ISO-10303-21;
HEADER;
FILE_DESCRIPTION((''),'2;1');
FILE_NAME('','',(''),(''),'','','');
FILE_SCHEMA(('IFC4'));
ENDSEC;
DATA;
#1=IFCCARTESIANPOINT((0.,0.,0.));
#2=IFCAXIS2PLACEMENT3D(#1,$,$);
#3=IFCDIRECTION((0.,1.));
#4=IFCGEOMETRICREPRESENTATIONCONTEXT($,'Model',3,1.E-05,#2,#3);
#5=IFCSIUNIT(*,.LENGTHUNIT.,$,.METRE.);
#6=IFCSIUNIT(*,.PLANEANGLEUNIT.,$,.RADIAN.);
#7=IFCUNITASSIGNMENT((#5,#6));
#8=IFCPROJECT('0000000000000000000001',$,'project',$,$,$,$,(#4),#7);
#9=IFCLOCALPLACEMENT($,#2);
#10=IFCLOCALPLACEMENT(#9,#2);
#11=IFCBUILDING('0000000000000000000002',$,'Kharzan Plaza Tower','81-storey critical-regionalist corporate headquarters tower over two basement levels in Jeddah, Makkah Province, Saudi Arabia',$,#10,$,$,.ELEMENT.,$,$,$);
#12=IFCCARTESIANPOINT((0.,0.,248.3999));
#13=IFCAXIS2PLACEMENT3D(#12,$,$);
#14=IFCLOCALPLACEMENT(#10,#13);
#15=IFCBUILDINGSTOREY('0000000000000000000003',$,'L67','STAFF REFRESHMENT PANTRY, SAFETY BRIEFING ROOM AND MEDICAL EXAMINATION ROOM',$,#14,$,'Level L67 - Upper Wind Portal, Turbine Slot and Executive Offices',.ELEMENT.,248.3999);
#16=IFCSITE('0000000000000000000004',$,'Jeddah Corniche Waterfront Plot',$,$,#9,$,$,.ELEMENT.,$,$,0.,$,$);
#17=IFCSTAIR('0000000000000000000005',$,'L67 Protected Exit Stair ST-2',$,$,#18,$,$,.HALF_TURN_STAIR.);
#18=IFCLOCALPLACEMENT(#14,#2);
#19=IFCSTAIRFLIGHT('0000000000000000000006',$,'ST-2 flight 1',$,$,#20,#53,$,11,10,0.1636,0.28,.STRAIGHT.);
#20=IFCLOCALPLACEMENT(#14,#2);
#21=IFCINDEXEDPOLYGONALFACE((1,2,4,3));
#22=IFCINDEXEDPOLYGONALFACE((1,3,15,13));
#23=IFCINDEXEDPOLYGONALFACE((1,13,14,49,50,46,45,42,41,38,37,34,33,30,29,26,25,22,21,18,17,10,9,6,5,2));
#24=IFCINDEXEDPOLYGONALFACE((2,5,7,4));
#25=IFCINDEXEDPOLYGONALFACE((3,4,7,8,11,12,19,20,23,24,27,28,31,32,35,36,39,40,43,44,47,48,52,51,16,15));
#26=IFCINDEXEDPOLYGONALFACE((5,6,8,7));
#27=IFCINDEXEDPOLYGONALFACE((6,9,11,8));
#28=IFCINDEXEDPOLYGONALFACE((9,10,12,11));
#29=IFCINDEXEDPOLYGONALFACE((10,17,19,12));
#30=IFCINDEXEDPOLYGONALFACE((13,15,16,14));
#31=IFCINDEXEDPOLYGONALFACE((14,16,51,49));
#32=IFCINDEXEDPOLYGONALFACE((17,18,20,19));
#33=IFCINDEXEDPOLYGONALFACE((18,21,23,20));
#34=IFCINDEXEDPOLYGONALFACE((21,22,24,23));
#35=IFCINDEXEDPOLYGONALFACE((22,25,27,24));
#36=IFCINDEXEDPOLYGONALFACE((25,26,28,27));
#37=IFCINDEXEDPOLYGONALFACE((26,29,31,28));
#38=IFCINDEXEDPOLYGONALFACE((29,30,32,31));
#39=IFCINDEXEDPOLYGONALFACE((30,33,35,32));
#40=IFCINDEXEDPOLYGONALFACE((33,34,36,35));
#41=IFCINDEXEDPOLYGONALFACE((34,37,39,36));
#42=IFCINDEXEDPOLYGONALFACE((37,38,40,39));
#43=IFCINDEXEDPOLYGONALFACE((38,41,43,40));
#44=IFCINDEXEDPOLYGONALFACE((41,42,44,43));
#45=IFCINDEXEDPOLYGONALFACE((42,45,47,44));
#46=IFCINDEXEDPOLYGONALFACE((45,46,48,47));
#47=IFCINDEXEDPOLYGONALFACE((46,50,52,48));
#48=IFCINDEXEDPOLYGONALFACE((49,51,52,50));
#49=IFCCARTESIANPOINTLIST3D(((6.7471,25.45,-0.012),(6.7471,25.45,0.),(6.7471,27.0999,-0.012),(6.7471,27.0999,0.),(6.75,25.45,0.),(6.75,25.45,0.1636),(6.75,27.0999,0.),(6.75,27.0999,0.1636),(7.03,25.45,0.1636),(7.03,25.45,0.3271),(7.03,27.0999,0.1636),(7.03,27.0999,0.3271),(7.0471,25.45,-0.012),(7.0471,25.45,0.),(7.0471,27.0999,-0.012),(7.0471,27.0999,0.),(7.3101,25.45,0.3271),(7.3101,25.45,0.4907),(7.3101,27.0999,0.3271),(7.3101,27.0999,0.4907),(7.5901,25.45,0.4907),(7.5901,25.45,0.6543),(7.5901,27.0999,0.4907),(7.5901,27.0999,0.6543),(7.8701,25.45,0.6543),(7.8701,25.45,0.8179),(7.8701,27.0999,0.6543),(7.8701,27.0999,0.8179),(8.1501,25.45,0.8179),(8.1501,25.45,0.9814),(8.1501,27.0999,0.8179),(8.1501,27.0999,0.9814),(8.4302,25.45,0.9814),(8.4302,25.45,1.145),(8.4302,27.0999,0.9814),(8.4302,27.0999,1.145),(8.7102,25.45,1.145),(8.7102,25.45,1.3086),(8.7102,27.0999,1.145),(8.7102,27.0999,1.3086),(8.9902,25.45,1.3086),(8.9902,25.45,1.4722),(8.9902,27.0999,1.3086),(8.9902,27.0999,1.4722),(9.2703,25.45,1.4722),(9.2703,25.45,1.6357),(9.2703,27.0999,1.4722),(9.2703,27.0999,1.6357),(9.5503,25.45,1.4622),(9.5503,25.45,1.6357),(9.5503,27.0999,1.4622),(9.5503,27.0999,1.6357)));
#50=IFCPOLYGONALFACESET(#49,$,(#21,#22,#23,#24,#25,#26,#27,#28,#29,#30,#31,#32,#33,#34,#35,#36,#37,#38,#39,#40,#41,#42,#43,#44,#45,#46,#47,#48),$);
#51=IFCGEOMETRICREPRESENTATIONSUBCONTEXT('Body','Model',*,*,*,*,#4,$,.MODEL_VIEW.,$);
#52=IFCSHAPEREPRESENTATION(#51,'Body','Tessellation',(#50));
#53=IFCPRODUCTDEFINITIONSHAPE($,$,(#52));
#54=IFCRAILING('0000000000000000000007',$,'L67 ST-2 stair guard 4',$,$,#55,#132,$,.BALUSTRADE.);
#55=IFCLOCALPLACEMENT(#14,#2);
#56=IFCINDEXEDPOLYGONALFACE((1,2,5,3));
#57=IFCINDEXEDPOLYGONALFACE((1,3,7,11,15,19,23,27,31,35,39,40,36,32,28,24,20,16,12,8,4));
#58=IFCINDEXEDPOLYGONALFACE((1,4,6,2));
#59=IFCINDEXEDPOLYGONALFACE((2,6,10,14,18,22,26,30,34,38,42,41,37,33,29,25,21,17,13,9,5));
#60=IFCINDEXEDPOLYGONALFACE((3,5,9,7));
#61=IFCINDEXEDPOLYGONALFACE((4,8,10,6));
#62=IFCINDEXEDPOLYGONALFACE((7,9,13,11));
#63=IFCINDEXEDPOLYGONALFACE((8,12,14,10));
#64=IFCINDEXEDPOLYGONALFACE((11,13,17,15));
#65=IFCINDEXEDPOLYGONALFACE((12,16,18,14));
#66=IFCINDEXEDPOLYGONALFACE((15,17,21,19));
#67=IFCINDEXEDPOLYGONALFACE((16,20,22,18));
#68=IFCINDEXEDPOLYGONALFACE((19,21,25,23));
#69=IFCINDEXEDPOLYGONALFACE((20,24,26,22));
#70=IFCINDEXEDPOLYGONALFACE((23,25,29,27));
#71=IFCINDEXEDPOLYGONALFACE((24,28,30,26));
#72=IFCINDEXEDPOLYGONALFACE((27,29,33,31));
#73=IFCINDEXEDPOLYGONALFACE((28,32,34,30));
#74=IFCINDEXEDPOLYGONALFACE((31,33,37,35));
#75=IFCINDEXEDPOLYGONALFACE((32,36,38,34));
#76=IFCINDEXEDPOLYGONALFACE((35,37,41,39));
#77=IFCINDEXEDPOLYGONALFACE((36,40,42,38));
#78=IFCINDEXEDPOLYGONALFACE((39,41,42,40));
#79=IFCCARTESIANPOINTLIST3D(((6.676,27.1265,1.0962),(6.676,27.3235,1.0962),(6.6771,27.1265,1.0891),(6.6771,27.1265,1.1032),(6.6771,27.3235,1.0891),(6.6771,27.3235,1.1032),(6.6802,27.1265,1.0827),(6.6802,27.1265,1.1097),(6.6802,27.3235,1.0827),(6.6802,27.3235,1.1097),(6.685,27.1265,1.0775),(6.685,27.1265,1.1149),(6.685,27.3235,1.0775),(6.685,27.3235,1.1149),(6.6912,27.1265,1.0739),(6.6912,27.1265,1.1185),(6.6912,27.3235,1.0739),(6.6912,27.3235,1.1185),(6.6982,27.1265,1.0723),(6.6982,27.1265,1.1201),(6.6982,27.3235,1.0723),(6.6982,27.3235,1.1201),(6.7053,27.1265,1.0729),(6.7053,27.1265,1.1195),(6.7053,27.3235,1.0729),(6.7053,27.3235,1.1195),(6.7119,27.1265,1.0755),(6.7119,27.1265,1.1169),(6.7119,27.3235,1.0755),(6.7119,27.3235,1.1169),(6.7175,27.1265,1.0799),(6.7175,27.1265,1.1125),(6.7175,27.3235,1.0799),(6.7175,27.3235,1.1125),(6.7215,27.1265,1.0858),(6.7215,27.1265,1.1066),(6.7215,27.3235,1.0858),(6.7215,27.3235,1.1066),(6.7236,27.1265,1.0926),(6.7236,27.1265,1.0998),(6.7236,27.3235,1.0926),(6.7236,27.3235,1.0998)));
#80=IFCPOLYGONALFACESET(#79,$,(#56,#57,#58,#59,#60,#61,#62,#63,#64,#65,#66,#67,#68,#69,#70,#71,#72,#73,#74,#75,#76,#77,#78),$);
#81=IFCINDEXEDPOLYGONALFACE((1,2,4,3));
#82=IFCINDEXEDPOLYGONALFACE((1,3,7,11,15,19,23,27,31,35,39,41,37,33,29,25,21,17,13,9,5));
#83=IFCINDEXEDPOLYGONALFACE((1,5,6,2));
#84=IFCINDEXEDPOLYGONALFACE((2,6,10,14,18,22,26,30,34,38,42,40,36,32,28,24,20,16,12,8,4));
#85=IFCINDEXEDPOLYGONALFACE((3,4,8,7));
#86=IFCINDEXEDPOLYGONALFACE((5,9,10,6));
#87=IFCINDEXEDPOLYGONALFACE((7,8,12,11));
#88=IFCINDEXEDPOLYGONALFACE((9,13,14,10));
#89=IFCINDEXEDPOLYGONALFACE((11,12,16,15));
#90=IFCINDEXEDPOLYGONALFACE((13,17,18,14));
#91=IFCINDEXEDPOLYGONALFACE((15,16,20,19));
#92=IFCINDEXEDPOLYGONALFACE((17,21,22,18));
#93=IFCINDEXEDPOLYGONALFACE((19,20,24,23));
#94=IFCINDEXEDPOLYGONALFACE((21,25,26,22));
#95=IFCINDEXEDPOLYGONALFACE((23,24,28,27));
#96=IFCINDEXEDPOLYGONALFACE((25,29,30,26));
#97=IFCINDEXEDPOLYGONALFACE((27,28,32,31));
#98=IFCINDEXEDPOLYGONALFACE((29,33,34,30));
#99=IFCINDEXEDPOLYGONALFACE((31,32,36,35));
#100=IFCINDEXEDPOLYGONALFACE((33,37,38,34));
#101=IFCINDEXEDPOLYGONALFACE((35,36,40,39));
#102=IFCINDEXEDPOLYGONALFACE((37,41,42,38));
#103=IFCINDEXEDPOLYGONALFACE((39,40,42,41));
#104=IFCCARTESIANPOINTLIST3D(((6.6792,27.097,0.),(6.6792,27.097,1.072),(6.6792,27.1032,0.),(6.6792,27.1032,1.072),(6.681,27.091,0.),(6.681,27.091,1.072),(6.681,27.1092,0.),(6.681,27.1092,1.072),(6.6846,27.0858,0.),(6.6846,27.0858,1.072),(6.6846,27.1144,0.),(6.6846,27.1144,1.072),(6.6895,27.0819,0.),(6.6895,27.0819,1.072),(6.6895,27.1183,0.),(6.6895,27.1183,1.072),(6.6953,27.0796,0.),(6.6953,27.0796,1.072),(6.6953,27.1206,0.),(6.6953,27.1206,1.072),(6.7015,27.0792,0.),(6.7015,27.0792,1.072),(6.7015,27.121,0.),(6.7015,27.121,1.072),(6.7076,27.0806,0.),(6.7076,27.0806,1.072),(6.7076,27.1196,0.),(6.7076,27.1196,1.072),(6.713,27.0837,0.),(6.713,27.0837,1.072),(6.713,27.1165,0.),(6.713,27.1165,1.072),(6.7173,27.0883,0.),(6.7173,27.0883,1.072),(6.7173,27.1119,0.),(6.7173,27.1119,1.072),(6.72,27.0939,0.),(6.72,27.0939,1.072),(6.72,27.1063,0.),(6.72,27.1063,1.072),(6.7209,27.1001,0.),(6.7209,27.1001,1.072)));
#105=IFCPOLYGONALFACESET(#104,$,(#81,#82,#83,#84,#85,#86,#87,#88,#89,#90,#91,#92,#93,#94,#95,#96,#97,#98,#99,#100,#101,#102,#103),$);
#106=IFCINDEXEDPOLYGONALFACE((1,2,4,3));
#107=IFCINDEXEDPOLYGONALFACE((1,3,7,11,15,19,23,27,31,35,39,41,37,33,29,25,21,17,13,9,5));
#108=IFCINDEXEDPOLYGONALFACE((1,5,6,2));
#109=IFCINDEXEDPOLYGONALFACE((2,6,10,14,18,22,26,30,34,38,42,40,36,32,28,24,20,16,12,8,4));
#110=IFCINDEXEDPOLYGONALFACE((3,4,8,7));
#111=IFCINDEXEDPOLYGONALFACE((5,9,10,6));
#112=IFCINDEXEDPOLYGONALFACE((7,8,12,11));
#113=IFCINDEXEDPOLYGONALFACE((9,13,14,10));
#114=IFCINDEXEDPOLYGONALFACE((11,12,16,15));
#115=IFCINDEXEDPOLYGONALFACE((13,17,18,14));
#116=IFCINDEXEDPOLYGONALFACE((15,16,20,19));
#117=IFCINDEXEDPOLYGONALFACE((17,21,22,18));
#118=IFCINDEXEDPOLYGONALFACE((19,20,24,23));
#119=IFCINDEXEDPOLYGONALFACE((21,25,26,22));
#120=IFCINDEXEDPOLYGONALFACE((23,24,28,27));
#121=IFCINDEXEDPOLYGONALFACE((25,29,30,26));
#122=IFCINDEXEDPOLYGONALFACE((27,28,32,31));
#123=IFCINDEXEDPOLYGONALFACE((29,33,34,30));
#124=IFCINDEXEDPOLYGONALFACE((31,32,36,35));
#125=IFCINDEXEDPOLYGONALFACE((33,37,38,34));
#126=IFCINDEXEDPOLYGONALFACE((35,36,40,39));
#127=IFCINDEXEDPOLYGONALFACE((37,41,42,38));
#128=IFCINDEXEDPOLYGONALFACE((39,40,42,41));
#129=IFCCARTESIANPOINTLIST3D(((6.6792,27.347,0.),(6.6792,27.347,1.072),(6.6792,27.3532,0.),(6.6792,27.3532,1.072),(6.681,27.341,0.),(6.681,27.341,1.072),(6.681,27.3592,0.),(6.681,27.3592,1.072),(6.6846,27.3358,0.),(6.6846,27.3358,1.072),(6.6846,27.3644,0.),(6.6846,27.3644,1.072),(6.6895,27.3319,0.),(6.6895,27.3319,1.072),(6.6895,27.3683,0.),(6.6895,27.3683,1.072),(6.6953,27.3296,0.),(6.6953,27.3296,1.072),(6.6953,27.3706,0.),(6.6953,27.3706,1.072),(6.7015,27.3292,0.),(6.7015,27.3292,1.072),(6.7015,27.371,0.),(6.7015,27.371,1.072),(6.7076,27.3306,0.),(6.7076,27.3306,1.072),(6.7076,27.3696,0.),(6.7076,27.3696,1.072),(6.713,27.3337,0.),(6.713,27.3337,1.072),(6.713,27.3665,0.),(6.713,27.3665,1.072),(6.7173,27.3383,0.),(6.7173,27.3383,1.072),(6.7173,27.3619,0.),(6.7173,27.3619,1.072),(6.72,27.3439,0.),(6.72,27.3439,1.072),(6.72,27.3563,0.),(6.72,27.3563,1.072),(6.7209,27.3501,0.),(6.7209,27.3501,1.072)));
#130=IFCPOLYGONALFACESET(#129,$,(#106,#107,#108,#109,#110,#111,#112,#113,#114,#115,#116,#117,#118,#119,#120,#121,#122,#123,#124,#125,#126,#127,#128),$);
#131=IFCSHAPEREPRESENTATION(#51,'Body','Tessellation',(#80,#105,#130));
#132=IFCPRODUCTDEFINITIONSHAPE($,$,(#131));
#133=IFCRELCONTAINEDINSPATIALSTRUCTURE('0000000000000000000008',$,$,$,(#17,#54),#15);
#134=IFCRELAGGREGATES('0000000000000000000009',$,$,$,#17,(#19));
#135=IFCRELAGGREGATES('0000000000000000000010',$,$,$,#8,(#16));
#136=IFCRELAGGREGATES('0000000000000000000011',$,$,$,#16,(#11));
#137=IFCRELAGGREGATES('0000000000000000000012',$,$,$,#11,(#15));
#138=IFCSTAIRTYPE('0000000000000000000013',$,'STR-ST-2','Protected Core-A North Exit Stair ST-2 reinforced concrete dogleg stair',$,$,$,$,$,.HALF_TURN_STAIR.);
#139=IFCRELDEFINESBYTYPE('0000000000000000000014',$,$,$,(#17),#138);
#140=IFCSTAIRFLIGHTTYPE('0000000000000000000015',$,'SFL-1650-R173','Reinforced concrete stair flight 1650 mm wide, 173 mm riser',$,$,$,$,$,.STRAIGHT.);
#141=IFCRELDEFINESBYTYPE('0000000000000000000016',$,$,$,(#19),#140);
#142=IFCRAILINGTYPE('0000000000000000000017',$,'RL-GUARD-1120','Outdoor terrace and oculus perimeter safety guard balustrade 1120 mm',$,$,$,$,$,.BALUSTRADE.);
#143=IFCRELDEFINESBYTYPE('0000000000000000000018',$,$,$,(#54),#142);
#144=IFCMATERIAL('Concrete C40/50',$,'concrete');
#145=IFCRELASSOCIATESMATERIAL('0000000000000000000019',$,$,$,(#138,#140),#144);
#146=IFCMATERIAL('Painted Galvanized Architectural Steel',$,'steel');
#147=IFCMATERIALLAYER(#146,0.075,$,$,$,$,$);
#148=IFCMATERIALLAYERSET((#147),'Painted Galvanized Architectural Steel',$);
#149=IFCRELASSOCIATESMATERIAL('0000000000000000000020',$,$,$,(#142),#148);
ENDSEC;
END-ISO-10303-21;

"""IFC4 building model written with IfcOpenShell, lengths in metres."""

from ifc_helpers import new_model, si_unit, direction, frame, origin, origin_2d, place, context, subcontext, project, spatial, polyline, circle, outline, extrude, source, transform, mapped, material, layer, layer_set, type_object, element, aggregate, save


model = new_model("IFC4")

# Units and contexts
model_context = context("Model", 3, precision=1e-05, world=origin(), true_north=direction((0.0, 1.0)))
body_context = subcontext(model_context, "Body", "Model", "MODEL_VIEW")
ifc_project = project(units=[si_unit("LENGTHUNIT", "METRE"), si_unit("PLANEANGLEUNIT", "RADIAN")], contexts=[model_context])

# Site, building, storey
site_placement = place(None, origin())
site = spatial("IfcSite", under=ifc_project, at=site_placement, Name="Jeddah Corniche Waterfront Plot", CompositionType="ELEMENT", RefElevation=0.0)
building_placement = place(site_placement, origin())
building = spatial("IfcBuilding", under=site, at=building_placement, Name="Kharzan Plaza Tower", Description="81-storey critical-regionalist corporate headquarters tower over two basement levels in Jeddah, Makkah Province, Saudi Arabia", CompositionType="ELEMENT")
storey_placement = place(building_placement, frame((0.0, 0.0, 248.3999)))
storey = spatial("IfcBuildingStorey", under=building, at=storey_placement, Name="L67", Description="STAFF REFRESHMENT PANTRY, SAFETY BRIEFING ROOM AND MEDICAL EXAMINATION ROOM", LongName="Level L67 - Upper Wind Portal, Turbine Slot and Executive Offices", CompositionType="ELEMENT", Elevation=248.3999)

# Shared definitions
ifc_material_1 = material(Name="Concrete C40/50", Category="concrete")

# Stair, stair flight
stair_type = type_object("IfcStairType", Name="STR-ST-2", Description="Protected Core-A North Exit Stair ST-2 reinforced concrete dogleg stair", PredefinedType="HALF_TURN_STAIR", material=ifc_material_1)
stair_placement = place(storey_placement, origin())
stair = element("IfcStair", 1, at=stair_placement, inside=storey, type_object=stair_type, Name="L67 Protected Exit Stair ST-2", PredefinedType="HALF_TURN_STAIR")
stair_flight_type = type_object("IfcStairFlightType", Name="SFL-1650-R173", Description="Reinforced concrete stair flight 1650 mm wide, 173 mm riser", PredefinedType="STRAIGHT", material=ifc_material_1)
shared_shape_1 = source(origin(), body_context, "Body", "SweptSolid", [
    extrude(outline(polyline([(-0.0029, -0.012), (-0.0029, 0.0), (0.0, 0.0), (0.0, 0.1636), (0.28, 0.1636), (0.28, 0.3271), (0.5601, 0.3271), (0.5601, 0.4907), (0.8401, 0.4907), (0.8401, 0.6543), (1.1201, 0.6543), (1.1201, 0.8179), (1.4001, 0.8179), (1.4001, 0.9814), (1.6802, 0.9814), (1.6802, 1.145), (1.9602, 1.145), (1.9602, 1.3086), (2.2402, 1.3086), (2.2402, 1.4722), (2.5203, 1.4722), (2.5203, 1.6357), (2.8003, 1.6357), (2.8003, 1.7993), (2.8003, 1.4622), (0.2971, 0.0), (0.2971, -0.012), (-0.0029, -0.012)])), frame((0.0, 0.825, 0.0), z_axis=(0.0, -1.0, 0.0), x_axis=(1.0, 0.0, 0.0)), (0.0, 0.0, 1.0), 1.6499),
])
stair_flight_placement = place(storey_placement, frame((6.75, 26.2749, 0.0), z_axis=(0.0, 0.0, 1.0), x_axis=(1.0, 0.0, 0.0)))
stair_flight = element("IfcStairFlight", 2, at=stair_flight_placement, type_object=stair_flight_type, Name="ST-2 flight 1", NumberOfRisers=11, NumberOfTreads=10, PredefinedType="STRAIGHT", RiserHeight=0.1636, TreadLength=0.28, context=body_context, shape_type="MappedRepresentation", body=[
    mapped(shared_shape_1, transform((0.0, 0.0, 0.0), x_axis=(1.0, 0.0, 0.0), y_axis=(0.0, 1.0, 0.0), z_axis=(0.0, 0.0, 1.0))),
])
aggregate(stair, [stair_flight])

# Railing
ifc_material_2 = material(Name="Painted Galvanized Architectural Steel", Category="steel")
ifc_layer_1 = layer(ifc_material_2, 0.075)
ifc_layer_set_1 = layer_set([ifc_layer_1], Name="Painted Galvanized Architectural Steel")
railing_type_1 = type_object("IfcRailingType", Name="RL-GUARD-1120", Description="Outdoor terrace and oculus perimeter safety guard balustrade 1120 mm", PredefinedType="BALUSTRADE", material=ifc_layer_set_1)
shared_shape_2 = source(origin(), body_context, "Body", "SweptSolid", [
    extrude(circle(Radius=0.0239, at=origin_2d()), frame((0.0, 0.0264, 1.0962), z_axis=(0.0, 1.0, 0.0), x_axis=(-1.0, 0.0, 0.0)), (0.0, 0.0, 1.0), 0.197),
    extrude(circle(Radius=0.021, at=origin_2d()), origin(), (0.0, 0.0, 1.0), 1.072),
    extrude(circle(Radius=0.021, at=origin_2d()), frame((0.0, 0.25, 0.0)), (0.0, 0.0, 1.0), 1.072),
])
railing_1_placement = place(storey_placement, frame((6.7, 27.1001, 0.0)))
element("IfcRailing", 3, at=railing_1_placement, inside=storey, type_object=railing_type_1, Name="L67 ST-2 stair guard 4", PredefinedType="BALUSTRADE", context=body_context, shape_type="MappedRepresentation", body=[
    mapped(shared_shape_2, transform((0.0, 0.0, 0.0), x_axis=(1.0, 0.0, 0.0), y_axis=(0.0, 1.0, 0.0), z_axis=(0.0, 0.0, 1.0))),
])

save(model, "model.ifc")
